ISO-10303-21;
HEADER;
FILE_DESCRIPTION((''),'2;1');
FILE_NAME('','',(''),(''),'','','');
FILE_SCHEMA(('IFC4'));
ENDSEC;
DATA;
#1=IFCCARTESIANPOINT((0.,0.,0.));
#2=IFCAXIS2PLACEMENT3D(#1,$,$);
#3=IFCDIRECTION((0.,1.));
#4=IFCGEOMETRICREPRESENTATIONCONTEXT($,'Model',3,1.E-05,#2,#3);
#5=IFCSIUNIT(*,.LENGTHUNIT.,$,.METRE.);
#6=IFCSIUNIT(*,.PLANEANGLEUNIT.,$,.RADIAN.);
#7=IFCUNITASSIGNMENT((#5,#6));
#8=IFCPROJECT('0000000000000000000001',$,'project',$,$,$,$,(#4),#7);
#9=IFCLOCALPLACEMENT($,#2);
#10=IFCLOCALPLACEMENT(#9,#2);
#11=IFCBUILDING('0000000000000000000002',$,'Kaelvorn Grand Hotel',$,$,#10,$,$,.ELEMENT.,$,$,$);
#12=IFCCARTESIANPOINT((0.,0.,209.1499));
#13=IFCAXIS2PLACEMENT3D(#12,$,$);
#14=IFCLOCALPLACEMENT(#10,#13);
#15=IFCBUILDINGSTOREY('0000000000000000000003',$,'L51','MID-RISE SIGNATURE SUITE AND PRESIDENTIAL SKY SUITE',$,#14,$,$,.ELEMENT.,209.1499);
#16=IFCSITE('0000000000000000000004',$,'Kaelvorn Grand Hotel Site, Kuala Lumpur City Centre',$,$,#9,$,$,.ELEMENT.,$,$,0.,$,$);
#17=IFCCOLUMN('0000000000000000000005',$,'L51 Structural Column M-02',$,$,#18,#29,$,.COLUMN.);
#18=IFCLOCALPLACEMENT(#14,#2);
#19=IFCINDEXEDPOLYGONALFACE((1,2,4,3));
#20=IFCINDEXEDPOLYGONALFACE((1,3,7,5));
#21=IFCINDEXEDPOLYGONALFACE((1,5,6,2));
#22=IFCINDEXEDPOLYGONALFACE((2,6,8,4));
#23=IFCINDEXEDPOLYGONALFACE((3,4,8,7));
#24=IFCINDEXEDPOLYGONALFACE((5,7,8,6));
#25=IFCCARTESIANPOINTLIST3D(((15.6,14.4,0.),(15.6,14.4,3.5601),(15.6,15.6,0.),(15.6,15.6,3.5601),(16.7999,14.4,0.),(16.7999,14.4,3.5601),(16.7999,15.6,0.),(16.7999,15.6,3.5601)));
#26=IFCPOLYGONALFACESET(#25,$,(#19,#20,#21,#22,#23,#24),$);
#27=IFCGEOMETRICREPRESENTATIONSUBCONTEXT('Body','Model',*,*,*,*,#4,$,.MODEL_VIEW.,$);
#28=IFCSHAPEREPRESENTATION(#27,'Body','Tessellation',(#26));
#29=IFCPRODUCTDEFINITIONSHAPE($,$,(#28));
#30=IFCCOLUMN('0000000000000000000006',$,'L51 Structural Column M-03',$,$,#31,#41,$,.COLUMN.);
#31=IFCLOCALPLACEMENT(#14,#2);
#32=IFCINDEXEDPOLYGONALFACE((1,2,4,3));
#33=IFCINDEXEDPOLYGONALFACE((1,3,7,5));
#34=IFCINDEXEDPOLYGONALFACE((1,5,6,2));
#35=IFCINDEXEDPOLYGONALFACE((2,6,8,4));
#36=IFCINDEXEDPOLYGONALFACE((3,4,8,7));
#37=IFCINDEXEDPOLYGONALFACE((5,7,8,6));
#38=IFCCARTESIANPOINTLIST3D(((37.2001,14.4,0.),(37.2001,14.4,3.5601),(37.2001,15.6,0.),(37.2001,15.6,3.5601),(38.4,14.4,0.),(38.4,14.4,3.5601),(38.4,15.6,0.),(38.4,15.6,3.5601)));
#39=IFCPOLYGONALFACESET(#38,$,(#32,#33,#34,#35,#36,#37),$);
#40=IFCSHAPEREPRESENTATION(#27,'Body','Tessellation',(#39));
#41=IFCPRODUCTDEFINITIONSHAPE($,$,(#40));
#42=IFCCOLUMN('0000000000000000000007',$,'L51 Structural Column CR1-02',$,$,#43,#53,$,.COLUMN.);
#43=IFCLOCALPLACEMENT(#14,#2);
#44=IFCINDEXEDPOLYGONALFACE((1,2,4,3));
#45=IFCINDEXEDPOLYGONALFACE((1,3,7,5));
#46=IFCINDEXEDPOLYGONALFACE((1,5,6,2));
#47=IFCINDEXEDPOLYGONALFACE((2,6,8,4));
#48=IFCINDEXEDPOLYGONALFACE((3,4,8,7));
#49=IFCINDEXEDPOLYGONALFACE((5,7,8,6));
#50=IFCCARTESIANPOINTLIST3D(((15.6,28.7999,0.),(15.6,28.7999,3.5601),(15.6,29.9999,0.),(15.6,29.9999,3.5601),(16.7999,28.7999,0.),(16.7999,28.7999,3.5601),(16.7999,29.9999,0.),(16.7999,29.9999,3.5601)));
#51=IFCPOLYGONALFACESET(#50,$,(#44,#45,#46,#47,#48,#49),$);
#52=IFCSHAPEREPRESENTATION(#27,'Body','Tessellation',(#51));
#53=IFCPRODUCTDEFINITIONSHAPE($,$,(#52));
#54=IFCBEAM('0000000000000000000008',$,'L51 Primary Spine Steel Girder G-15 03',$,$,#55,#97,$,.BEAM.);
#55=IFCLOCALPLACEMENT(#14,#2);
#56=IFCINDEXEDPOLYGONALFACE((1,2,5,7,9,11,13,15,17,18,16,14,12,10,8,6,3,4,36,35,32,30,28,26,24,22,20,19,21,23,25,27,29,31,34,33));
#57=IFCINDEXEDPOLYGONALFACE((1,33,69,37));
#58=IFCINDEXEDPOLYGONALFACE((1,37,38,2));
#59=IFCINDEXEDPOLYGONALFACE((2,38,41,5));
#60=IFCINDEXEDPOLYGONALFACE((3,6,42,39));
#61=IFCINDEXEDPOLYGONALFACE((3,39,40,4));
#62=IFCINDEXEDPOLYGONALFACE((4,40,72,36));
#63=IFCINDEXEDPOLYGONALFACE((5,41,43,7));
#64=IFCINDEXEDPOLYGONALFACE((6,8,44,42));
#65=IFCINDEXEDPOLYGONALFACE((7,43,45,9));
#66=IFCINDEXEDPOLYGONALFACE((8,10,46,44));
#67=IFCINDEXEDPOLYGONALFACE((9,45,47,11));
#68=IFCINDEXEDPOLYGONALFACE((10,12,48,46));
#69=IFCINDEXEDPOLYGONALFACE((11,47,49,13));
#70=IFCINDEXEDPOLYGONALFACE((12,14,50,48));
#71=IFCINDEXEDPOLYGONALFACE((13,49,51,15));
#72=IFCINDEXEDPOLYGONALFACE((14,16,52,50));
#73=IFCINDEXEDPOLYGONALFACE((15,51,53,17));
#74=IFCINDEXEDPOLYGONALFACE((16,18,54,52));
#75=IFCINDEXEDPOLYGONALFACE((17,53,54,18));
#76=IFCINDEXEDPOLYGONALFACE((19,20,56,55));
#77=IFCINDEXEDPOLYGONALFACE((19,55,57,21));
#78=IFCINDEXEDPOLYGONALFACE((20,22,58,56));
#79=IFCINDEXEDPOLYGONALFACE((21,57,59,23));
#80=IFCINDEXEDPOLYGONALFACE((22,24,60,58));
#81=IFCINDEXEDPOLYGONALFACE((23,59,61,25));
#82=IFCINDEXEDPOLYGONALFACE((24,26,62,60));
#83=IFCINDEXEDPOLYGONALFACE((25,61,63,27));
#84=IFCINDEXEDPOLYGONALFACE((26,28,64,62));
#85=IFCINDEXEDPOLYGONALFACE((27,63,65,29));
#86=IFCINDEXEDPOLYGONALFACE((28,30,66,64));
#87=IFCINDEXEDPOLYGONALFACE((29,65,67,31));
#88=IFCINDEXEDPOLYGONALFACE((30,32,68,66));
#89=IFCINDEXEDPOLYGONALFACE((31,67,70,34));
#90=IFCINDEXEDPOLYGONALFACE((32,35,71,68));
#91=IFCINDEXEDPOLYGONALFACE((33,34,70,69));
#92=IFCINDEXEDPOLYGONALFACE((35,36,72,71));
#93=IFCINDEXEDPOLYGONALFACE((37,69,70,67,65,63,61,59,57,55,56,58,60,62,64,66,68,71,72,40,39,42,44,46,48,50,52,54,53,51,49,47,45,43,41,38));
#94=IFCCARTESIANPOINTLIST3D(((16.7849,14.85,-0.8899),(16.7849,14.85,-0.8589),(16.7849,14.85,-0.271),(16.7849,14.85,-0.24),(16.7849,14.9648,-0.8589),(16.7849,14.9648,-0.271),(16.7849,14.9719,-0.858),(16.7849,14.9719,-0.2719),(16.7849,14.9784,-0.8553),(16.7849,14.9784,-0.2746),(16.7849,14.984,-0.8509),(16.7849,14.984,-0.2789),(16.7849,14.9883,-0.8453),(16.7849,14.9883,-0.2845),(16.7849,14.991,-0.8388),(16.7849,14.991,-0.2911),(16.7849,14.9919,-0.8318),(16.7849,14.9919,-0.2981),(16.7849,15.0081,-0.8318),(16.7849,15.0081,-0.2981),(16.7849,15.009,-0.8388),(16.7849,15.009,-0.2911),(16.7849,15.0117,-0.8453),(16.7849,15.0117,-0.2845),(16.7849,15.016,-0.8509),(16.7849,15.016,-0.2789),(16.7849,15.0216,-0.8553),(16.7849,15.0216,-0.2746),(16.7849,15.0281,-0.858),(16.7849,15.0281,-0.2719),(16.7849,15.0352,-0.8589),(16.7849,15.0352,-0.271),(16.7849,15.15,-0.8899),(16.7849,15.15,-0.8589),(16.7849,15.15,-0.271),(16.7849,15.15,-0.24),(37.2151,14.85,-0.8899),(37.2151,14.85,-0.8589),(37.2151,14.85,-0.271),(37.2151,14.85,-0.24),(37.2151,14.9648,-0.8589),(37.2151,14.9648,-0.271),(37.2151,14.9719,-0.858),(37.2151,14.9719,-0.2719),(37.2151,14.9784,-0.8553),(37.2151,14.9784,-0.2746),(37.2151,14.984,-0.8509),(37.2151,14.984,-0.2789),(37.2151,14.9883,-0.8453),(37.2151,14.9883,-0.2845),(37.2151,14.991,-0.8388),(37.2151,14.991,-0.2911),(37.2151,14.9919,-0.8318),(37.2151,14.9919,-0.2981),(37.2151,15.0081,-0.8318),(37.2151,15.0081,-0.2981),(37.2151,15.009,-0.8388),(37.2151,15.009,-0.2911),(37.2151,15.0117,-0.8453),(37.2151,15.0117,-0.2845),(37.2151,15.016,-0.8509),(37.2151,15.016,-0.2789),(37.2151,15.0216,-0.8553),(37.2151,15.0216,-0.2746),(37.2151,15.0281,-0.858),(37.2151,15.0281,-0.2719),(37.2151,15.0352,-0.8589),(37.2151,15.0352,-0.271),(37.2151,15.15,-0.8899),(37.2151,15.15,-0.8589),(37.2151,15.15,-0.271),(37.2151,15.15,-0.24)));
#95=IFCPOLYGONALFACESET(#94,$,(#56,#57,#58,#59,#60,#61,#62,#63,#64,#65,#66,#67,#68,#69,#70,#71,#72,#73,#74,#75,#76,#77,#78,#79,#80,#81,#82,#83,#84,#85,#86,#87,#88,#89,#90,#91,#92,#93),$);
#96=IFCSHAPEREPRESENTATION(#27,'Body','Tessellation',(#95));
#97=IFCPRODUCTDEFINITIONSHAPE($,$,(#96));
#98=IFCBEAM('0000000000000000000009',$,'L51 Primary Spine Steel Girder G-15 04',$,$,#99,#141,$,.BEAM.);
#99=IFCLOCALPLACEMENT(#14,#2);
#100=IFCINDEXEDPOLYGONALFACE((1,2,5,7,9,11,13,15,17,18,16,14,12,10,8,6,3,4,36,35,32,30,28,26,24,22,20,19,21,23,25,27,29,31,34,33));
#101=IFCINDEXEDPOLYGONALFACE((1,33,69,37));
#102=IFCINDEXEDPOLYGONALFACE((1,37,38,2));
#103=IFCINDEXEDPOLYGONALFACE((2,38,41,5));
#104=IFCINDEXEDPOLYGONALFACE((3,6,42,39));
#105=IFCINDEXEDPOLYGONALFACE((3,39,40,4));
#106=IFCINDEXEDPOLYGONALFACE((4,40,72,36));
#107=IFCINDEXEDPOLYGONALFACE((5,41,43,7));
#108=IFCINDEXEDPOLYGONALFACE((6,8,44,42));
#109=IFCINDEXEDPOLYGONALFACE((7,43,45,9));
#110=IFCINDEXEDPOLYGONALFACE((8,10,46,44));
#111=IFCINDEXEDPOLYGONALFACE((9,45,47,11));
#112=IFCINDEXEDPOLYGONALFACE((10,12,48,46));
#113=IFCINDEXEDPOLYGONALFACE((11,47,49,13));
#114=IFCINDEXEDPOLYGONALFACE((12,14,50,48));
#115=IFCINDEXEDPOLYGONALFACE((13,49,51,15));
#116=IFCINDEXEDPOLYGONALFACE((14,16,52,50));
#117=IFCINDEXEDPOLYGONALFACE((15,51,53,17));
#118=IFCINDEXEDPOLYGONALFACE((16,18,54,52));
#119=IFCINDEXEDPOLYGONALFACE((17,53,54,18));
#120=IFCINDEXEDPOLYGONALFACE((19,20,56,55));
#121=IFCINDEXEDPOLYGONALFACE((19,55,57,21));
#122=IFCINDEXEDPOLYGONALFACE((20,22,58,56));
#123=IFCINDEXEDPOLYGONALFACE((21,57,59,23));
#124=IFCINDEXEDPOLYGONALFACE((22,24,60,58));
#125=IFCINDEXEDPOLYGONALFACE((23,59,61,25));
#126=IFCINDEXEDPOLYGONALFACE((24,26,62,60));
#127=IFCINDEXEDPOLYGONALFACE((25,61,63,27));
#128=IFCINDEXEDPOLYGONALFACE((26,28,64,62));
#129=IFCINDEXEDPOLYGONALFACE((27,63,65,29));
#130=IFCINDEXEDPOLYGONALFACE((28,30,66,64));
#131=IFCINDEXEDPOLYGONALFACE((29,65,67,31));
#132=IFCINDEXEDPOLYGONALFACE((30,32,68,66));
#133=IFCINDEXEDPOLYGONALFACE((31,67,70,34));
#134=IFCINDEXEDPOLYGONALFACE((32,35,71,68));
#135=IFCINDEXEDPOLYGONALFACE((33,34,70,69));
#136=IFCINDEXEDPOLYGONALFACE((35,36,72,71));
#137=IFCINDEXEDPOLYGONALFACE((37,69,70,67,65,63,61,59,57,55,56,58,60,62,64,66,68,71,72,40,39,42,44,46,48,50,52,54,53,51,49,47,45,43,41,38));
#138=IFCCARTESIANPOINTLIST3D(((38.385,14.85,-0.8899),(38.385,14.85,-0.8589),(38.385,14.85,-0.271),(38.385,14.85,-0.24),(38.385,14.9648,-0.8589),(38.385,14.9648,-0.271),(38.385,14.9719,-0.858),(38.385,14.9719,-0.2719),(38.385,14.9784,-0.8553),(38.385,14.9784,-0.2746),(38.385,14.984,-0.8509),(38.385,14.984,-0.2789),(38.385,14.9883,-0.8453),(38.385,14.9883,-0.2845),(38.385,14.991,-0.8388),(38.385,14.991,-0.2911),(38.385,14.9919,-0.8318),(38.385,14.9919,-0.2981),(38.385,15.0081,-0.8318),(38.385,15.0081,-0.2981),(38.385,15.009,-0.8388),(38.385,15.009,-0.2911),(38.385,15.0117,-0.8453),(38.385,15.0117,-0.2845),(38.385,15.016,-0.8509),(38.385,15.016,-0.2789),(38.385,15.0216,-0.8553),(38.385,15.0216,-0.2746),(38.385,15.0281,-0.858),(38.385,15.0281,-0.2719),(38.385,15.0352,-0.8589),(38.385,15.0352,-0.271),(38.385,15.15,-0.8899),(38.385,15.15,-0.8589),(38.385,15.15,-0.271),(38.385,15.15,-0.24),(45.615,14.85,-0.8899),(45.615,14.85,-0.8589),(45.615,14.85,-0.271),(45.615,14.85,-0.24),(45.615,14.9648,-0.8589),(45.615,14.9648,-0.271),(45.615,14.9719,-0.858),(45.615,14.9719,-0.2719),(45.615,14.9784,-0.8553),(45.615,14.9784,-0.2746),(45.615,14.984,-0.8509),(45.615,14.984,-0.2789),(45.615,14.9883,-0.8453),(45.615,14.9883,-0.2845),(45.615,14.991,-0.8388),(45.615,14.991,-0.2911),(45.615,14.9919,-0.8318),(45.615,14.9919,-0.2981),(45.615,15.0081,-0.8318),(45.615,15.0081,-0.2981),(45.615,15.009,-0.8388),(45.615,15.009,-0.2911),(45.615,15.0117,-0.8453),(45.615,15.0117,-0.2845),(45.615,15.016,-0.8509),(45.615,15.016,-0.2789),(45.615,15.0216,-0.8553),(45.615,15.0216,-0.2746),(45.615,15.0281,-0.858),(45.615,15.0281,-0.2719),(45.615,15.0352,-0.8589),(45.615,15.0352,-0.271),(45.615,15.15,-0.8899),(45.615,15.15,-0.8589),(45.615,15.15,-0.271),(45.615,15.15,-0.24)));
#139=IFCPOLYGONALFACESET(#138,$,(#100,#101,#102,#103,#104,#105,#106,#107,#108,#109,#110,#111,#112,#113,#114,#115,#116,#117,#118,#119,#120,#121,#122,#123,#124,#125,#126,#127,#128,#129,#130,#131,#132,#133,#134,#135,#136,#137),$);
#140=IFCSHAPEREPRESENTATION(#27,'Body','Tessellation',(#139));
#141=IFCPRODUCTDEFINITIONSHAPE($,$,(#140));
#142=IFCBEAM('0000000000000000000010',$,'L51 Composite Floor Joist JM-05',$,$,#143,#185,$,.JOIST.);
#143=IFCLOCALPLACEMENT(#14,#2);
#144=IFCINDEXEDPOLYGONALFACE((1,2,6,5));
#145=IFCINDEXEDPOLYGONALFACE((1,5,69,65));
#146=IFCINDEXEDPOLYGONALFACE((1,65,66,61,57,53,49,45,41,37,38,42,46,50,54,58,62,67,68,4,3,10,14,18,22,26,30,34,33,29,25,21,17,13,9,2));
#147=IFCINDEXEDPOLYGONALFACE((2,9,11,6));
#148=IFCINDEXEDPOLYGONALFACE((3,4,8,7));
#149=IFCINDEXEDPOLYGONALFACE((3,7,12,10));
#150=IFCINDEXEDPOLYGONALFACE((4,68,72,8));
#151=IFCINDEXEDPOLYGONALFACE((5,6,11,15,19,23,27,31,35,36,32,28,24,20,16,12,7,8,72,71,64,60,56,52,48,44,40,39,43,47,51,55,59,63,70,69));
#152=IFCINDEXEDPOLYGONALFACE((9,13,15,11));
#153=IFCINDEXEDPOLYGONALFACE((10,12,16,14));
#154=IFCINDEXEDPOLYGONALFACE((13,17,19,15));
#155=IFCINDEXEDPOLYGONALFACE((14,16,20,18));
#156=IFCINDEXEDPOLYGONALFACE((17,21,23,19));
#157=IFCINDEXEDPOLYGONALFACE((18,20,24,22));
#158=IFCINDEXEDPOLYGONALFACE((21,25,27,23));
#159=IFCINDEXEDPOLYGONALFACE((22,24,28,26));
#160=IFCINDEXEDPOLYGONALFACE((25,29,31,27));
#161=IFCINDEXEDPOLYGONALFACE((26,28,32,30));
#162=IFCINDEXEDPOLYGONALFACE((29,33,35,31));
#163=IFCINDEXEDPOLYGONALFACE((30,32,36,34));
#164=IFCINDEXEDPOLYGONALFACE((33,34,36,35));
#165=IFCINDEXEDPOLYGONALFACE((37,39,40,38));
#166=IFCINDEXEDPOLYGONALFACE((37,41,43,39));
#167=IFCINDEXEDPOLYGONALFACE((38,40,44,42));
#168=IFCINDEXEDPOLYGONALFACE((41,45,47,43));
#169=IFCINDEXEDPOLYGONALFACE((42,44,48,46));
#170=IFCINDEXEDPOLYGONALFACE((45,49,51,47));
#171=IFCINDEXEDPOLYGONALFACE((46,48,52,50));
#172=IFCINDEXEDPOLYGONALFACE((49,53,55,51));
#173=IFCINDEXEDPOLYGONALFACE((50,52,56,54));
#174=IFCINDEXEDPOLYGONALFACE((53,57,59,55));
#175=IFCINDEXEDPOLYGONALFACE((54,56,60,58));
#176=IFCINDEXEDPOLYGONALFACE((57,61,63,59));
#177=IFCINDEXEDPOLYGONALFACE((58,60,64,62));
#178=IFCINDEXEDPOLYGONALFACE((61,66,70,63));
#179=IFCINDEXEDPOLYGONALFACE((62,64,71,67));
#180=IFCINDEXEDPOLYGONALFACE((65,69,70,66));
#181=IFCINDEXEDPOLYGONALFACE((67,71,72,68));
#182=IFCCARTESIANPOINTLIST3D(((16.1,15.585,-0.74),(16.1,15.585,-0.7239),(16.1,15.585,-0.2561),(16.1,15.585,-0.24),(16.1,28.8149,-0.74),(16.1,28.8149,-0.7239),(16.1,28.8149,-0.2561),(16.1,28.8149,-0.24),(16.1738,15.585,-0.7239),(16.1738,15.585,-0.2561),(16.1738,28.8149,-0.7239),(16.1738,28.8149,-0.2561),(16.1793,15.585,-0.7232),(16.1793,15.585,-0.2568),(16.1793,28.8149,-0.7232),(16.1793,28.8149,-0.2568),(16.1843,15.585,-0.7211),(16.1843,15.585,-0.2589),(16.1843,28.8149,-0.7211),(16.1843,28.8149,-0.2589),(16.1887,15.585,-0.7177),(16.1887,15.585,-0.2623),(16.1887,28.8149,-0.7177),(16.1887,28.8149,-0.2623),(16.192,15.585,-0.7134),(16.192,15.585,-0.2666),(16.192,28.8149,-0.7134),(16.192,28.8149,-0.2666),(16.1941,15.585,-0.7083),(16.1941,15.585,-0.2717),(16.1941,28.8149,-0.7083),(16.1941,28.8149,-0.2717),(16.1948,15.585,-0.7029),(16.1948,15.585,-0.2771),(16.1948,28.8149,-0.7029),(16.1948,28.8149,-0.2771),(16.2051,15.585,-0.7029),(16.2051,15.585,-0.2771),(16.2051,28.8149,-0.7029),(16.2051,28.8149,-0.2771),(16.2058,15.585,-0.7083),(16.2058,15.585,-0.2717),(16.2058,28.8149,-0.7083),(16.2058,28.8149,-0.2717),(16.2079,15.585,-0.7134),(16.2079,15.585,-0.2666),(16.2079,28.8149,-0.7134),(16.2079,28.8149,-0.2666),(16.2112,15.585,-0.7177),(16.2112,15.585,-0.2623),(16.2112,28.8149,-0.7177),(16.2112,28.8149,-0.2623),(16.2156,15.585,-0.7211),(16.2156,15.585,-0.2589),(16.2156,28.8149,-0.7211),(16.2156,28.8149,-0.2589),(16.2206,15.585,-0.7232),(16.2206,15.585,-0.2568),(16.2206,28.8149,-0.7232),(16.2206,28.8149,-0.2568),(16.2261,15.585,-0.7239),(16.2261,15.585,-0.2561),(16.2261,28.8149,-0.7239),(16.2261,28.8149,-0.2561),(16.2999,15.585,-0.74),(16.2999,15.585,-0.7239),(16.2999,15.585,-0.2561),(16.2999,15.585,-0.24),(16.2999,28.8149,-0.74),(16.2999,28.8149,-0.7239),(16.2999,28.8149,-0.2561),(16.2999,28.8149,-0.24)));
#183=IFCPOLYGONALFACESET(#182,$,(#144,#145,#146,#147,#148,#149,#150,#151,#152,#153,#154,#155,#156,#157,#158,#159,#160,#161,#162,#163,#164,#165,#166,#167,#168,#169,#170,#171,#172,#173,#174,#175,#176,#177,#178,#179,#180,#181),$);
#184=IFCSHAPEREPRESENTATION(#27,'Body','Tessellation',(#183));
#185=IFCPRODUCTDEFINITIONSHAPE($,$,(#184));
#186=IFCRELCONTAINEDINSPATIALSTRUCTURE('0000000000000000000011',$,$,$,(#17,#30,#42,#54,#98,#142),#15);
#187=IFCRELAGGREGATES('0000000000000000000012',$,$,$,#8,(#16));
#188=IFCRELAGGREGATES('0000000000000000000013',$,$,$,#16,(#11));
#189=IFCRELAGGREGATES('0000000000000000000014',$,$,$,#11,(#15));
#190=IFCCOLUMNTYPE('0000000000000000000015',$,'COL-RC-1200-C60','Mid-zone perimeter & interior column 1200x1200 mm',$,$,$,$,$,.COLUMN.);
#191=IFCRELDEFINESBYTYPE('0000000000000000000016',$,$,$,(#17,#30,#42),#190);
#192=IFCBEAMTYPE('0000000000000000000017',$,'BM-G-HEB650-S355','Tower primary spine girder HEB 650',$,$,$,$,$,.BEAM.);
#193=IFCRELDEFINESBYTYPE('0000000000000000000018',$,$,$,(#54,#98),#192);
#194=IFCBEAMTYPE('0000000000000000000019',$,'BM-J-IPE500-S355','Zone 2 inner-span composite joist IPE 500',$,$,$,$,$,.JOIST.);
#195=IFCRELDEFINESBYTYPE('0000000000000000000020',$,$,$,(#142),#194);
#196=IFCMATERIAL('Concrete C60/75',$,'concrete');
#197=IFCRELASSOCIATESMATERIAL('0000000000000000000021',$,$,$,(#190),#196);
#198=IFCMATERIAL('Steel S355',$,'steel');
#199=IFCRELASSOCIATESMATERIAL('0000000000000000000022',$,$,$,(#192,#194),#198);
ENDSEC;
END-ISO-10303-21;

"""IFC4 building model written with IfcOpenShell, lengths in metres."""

from ifc_helpers import new_model, si_unit, direction, frame, origin, origin_2d, place, context, subcontext, project, spatial, rectangle, i_section, extrude, material, material_profile, profile_set, type_object, element, save


model = new_model("IFC4")

# Units and contexts
model_context = context("Model", 3, precision=1e-05, world=origin(), true_north=direction((0.0, 1.0)))
body_context = subcontext(model_context, "Body", "Model", "MODEL_VIEW")
ifc_project = project(units=[si_unit("LENGTHUNIT", "METRE"), si_unit("PLANEANGLEUNIT", "RADIAN")], contexts=[model_context])

# Site, building, storey
site_placement = place(None, origin())
site = spatial("IfcSite", under=ifc_project, at=site_placement, Name="Kaelvorn Grand Hotel Site, Kuala Lumpur City Centre", CompositionType="ELEMENT", RefElevation=0.0)
building_placement = place(site_placement, origin())
building = spatial("IfcBuilding", under=site, at=building_placement, Name="Kaelvorn Grand Hotel", CompositionType="ELEMENT")
storey_placement = place(building_placement, frame((0.0, 0.0, 209.1499)))
storey = spatial("IfcBuildingStorey", under=building, at=storey_placement, Name="L51", Description="MID-RISE SIGNATURE SUITE AND PRESIDENTIAL SKY SUITE", CompositionType="ELEMENT", Elevation=209.1499)

# Columns
ifc_material_1 = material(Name="Concrete C60/75", Category="concrete")
ifc_material_profile_1 = material_profile(ifc_material_1, rectangle(XDim=1.2, YDim=1.2, at=origin_2d()), Name="RC COL 1200x1200")
ifc_profile_set_1 = profile_set([ifc_material_profile_1], Name="Concrete C60/75")
column_type = type_object("IfcColumnType", Name="COL-RC-1200-C60", Description="Mid-zone perimeter & interior column 1200x1200 mm", PredefinedType="COLUMN", material=ifc_profile_set_1)
for number, where, z_axis, x_axis, name in (
    (1, (16.2, 15.0, 0.0), (0.0, 0.0, 1.0), (1.0, 0.0, 0.0), "L51 Structural Column M-02"),
    (2, (37.8, 15.0, 0.0), (0.0, 0.0, 1.0), (1.0, 0.0, 0.0), "L51 Structural Column M-03"),
    (3, (16.2, 29.3999, 0.0), (0.0, 0.0, 1.0), (1.0, 0.0, 0.0), "L51 Structural Column CR1-02"),
):
    element("IfcColumn", number, at=place(storey_placement, frame(where, z_axis=z_axis, x_axis=x_axis)), inside=storey, type_object=column_type, Name=name, PredefinedType="COLUMN", context=body_context, shape_type="SweptSolid", body=[
        extrude(rectangle(XDim=1.2, YDim=1.2, at=origin_2d()), origin(), (0.0, 0.0, 1.0), 3.5601),
    ])

# Beams
ifc_material_2 = material(Name="Steel S355", Category="steel")
ifc_material_profile_2 = material_profile(ifc_material_2, i_section(OverallWidth=0.3, OverallDepth=0.6499, WebThickness=0.0161, FlangeThickness=0.031, FilletRadius=0.0271, at=origin_2d()), Name="HEB 650")
ifc_profile_set_2 = profile_set([ifc_material_profile_2], Name="Steel S355")
beam_type_1 = type_object("IfcBeamType", Name="BM-G-HEB650-S355", Description="Tower primary spine girder HEB 650", PredefinedType="BEAM", material=ifc_profile_set_2)
beam_1_placement = place(storey_placement, frame((16.7849, 15.0, -0.5649), z_axis=(1.0, 0.0, 0.0), x_axis=(0.0, 1.0, 0.0)))
element("IfcBeam", 4, at=beam_1_placement, inside=storey, type_object=beam_type_1, Name="L51 Primary Spine Steel Girder G-15 03", PredefinedType="BEAM", context=body_context, shape_type="SweptSolid", body=[
    extrude(i_section(OverallWidth=0.3, OverallDepth=0.6499, WebThickness=0.0161, FlangeThickness=0.031, FilletRadius=0.0271, at=origin_2d()), origin(), (0.0, 0.0, 1.0), 20.4302),
])
beam_2_placement = place(storey_placement, frame((38.385, 15.0, -0.5649), z_axis=(1.0, 0.0, 0.0), x_axis=(0.0, 1.0, 0.0)))
element("IfcBeam", 5, at=beam_2_placement, inside=storey, type_object=beam_type_1, Name="L51 Primary Spine Steel Girder G-15 04", PredefinedType="BEAM", context=body_context, shape_type="SweptSolid", body=[
    extrude(i_section(OverallWidth=0.3, OverallDepth=0.6499, WebThickness=0.0161, FlangeThickness=0.031, FilletRadius=0.0271, at=origin_2d()), origin(), (0.0, 0.0, 1.0), 7.23),
])
ifc_material_profile_3 = material_profile(ifc_material_2, i_section(OverallWidth=0.2, OverallDepth=0.5, WebThickness=0.0103, FlangeThickness=0.0161, FilletRadius=0.021, at=origin_2d()), Name="IPE 500")
ifc_profile_set_3 = profile_set([ifc_material_profile_3], Name="Steel S355")
beam_type_2 = type_object("IfcBeamType", Name="BM-J-IPE500-S355", Description="Zone 2 inner-span composite joist IPE 500", PredefinedType="JOIST", material=ifc_profile_set_3)
beam_3_placement = place(storey_placement, frame((16.2, 15.585, -0.49), z_axis=(0.0, 1.0, 0.0), x_axis=(-1.0, 0.0, 0.0)))
element("IfcBeam", 6, at=beam_3_placement, inside=storey, type_object=beam_type_2, Name="L51 Composite Floor Joist JM-05", PredefinedType="JOIST", context=body_context, shape_type="SweptSolid", body=[
    extrude(i_section(OverallWidth=0.2, OverallDepth=0.5, WebThickness=0.0103, FlangeThickness=0.0161, FilletRadius=0.021, at=origin_2d()), origin(), (0.0, 0.0, 1.0), 13.23),
])

save(model, "model.ifc")
